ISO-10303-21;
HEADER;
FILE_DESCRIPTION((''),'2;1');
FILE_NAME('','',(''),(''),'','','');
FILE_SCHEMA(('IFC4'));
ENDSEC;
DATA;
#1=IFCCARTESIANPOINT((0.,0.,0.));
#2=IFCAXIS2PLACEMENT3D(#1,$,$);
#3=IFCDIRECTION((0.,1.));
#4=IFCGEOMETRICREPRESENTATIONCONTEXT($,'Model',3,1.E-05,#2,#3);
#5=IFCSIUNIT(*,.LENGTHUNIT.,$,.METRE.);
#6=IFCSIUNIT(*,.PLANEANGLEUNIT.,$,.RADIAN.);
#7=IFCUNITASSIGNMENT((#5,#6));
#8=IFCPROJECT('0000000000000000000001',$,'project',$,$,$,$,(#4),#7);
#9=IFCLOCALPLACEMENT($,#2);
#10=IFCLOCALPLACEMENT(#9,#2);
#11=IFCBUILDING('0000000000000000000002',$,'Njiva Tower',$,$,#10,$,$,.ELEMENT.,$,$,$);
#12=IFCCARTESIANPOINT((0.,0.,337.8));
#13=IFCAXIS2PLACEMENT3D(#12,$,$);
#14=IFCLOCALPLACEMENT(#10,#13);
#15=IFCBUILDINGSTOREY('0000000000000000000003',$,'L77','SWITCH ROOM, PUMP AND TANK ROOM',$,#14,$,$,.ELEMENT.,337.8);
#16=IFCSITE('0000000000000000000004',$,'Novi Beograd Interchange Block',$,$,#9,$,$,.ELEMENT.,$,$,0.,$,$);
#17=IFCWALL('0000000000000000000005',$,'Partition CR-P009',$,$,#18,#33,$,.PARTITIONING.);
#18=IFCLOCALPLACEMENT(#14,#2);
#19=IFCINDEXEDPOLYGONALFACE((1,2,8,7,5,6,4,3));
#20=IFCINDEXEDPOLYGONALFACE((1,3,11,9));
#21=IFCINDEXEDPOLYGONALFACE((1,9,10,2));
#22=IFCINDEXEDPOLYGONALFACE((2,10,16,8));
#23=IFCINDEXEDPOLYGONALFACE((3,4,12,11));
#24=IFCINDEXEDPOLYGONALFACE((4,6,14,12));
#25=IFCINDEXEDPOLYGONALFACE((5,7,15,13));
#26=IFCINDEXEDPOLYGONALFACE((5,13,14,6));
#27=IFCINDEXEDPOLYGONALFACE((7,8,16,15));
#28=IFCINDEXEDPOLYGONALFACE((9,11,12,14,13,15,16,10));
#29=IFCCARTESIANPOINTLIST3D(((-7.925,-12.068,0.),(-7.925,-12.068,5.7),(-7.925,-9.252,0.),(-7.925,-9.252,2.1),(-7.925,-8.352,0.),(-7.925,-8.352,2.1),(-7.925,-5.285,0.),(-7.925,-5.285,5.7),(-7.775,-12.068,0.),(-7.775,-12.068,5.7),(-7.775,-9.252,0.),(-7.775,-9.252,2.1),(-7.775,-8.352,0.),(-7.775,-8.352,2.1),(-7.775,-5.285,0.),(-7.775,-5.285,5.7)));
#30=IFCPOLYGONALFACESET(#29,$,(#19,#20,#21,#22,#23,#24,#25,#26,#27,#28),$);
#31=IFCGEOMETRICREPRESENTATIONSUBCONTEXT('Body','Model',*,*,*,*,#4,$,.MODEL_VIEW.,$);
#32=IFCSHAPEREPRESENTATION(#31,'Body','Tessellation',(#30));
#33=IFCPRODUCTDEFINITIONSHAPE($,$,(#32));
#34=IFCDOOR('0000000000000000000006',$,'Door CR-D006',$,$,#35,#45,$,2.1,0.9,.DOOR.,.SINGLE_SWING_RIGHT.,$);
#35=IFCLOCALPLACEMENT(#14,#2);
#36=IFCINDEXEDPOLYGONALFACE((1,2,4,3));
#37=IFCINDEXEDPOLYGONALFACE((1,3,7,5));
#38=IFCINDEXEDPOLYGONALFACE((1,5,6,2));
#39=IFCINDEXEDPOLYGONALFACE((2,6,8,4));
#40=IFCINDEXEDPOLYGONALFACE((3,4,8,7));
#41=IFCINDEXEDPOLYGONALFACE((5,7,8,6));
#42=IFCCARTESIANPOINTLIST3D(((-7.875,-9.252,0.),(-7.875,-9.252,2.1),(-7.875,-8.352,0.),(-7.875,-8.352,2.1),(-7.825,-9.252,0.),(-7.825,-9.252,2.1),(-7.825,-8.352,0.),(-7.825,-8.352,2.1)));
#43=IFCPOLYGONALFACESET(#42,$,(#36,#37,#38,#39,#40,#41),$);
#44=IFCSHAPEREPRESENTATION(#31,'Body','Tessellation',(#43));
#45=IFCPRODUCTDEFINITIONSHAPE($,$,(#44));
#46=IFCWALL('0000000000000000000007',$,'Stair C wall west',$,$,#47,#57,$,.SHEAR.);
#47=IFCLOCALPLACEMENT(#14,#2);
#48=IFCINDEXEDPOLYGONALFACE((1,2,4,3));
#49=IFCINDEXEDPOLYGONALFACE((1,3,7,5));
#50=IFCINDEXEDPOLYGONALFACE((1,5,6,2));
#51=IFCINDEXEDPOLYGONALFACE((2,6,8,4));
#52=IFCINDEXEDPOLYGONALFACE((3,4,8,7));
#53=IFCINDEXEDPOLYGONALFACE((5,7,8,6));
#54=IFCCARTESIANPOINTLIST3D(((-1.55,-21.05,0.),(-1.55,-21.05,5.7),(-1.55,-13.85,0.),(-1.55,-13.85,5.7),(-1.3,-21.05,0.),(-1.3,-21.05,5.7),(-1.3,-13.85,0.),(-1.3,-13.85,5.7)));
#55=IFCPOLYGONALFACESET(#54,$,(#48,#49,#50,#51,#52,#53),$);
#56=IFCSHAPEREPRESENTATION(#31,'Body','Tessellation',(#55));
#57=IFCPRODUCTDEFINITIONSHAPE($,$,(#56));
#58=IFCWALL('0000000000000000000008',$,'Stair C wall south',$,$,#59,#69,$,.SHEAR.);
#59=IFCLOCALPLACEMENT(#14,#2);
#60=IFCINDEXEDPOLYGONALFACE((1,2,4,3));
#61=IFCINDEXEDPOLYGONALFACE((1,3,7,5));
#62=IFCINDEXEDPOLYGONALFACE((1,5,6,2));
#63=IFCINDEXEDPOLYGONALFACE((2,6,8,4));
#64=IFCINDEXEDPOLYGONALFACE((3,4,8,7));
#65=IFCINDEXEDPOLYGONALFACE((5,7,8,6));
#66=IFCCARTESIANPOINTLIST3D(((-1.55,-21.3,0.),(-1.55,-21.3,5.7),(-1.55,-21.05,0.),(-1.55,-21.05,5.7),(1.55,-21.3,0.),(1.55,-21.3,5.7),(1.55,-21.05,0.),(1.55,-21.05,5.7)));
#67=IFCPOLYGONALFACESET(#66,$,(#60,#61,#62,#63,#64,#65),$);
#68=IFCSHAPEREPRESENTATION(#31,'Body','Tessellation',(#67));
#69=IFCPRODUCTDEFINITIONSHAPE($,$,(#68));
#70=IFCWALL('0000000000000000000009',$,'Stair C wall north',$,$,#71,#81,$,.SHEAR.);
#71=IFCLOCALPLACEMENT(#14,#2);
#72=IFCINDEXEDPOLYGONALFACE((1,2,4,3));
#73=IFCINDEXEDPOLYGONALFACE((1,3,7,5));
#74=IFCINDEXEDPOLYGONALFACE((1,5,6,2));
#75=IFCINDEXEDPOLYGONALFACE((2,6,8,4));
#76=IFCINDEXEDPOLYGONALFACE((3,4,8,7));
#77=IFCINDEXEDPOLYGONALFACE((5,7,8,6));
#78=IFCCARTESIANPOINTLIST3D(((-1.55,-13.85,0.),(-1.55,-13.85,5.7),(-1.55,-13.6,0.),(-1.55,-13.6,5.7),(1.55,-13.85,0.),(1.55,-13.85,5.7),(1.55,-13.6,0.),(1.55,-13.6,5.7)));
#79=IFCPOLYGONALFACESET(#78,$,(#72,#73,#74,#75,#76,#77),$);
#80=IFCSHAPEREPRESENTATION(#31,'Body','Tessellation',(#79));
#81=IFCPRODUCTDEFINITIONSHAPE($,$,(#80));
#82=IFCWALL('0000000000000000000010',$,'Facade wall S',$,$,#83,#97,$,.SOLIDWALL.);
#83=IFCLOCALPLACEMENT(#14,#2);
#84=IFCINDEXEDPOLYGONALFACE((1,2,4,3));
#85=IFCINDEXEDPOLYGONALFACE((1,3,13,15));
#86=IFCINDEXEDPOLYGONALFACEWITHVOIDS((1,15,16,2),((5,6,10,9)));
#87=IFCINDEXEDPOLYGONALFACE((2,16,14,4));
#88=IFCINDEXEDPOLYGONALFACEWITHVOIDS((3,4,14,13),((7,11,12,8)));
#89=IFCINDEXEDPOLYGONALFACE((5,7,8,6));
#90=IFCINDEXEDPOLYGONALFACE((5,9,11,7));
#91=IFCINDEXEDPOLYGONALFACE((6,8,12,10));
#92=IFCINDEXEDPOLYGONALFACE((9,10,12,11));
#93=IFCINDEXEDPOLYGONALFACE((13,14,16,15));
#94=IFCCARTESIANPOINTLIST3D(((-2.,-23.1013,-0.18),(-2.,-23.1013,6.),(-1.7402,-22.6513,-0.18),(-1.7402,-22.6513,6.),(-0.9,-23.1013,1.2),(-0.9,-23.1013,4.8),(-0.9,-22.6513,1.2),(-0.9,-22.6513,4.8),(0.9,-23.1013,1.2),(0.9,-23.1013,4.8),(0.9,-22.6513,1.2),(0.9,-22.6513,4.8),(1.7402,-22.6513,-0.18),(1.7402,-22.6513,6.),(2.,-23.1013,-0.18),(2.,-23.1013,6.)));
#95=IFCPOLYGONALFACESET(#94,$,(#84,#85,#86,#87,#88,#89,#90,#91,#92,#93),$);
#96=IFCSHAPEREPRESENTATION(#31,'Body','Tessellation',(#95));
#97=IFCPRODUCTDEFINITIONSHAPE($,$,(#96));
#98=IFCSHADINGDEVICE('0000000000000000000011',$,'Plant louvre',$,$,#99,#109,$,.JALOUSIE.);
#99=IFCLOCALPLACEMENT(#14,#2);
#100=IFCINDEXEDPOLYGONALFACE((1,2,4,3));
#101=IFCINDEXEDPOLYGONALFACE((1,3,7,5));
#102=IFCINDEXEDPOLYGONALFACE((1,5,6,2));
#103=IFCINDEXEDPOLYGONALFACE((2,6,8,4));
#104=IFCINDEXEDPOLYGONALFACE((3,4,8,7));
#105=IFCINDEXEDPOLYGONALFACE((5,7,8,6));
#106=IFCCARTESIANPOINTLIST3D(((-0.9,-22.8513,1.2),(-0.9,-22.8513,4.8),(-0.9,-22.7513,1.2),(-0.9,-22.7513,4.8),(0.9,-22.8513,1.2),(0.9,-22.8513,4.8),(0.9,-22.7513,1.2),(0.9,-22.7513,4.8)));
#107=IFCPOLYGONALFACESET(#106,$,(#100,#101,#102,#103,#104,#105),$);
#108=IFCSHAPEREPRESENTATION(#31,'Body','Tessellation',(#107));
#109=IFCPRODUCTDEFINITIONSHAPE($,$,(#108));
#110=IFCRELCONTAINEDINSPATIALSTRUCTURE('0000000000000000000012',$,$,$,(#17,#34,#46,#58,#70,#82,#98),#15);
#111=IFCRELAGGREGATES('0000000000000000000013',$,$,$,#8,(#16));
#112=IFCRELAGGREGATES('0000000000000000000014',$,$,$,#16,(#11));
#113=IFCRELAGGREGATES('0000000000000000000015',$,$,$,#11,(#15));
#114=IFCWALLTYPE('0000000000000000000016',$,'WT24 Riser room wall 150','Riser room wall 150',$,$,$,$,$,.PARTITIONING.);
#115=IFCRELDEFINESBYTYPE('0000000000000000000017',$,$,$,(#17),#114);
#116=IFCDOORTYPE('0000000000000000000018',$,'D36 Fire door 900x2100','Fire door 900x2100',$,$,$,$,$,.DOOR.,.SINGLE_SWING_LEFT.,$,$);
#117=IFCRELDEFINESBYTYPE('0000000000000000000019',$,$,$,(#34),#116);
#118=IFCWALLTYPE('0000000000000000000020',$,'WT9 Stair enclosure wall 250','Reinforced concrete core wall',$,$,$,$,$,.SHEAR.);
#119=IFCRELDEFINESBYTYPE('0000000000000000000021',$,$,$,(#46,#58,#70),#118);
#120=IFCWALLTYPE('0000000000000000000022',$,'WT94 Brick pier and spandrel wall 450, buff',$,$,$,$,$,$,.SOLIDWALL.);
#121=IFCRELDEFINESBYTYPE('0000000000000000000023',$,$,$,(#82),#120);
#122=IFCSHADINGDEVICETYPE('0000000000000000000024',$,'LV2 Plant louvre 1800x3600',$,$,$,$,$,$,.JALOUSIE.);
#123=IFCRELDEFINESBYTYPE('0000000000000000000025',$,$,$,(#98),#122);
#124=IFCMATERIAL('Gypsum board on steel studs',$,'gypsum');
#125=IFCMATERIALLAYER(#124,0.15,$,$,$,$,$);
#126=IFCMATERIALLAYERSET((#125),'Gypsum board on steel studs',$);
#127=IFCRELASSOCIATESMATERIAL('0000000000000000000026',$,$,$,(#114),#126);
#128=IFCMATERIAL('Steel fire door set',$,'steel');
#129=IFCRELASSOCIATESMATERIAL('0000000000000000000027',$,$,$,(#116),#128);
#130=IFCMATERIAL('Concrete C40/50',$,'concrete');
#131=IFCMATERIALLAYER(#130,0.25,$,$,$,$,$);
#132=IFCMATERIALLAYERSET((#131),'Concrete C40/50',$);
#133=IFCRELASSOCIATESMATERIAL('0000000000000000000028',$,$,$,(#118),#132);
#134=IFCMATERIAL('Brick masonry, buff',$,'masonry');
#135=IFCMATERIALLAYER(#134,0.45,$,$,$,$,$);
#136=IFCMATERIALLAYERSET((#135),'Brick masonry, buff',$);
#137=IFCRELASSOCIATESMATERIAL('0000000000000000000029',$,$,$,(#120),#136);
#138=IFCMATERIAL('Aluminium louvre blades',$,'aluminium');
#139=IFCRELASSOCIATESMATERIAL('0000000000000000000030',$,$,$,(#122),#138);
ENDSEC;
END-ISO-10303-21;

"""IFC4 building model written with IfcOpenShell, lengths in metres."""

from ifc_helpers import new_model, si_unit, direction, frame, frame_2d, origin, place, context, subcontext, project, spatial, polyline, rectangle, outline, extrude, material, layer, layer_set, type_object, element, fill, save


model = new_model("IFC4")

# Units and contexts
model_context = context("Model", 3, precision=1e-05, world=origin(), true_north=direction((0.0, 1.0)))
body_context = subcontext(model_context, "Body", "Model", "MODEL_VIEW")
ifc_project = project(units=[si_unit("LENGTHUNIT", "METRE"), si_unit("PLANEANGLEUNIT", "RADIAN")], contexts=[model_context])

# Site, building, storey
site_placement = place(None, origin())
site = spatial("IfcSite", under=ifc_project, at=site_placement, Name="Novi Beograd Interchange Block", CompositionType="ELEMENT", RefElevation=0.0)
building_placement = place(site_placement, origin())
building = spatial("IfcBuilding", under=site, at=building_placement, Name="Njiva Tower", CompositionType="ELEMENT")
storey_placement = place(building_placement, frame((0.0, 0.0, 337.8)))
storey = spatial("IfcBuildingStorey", under=building, at=storey_placement, Name="L77", Description="SWITCH ROOM, PUMP AND TANK ROOM", CompositionType="ELEMENT", Elevation=337.8)

# Wall, opening, door
ifc_material_1 = material(Name="Gypsum board on steel studs", Category="gypsum")
ifc_layer_1 = layer(ifc_material_1, 0.15)
ifc_layer_set_1 = layer_set([ifc_layer_1], Name="Gypsum board on steel studs")
wall_type_1 = type_object("IfcWallType", Name="WT24 Riser room wall 150", Description="Riser room wall 150", PredefinedType="PARTITIONING", material=ifc_layer_set_1)
wall_1_placement = place(storey_placement, frame((-7.85, -12.068, 0.0), z_axis=(0.0, 0.0, 1.0), x_axis=(0.0, 1.0, 0.0)))
wall_1 = element("IfcWall", 1, at=wall_1_placement, inside=storey, type_object=wall_type_1, Name="Partition CR-P009", PredefinedType="PARTITIONING", context=body_context, shape_type="SweptSolid", body=[
    extrude(rectangle(XDim=6.783, YDim=0.15, at=frame_2d((3.3915, 0.0))), origin(), (0.0, 0.0, 1.0), 5.7),
])
opening_1_placement = place(wall_1_placement, frame((2.816, 0.0, 0.0)))
opening_1 = element("IfcOpeningElement", 2, at=opening_1_placement, cuts=wall_1, PredefinedType="OPENING", context=body_context, shape_type="SweptSolid", body=[
    extrude(rectangle(XDim=0.9, YDim=2.1, at=frame_2d((0.45, 1.05))), frame((0.0, 0.085, 0.0), z_axis=(0.0, -1.0, 0.0), x_axis=(1.0, 0.0, 0.0)), (0.0, 0.0, 1.0), 0.17),
])
ifc_material_2 = material(Name="Steel fire door set", Category="steel")
door_type_1 = type_object("IfcDoorType", Name="D36 Fire door 900x2100", Description="Fire door 900x2100", OperationType="SINGLE_SWING_LEFT", PredefinedType="DOOR", material=ifc_material_2)
door_1_placement = place(opening_1_placement, origin())
door_1 = element("IfcDoor", 3, at=door_1_placement, inside=storey, type_object=door_type_1, Name="Door CR-D006", OperationType="SINGLE_SWING_RIGHT", OverallHeight=2.1, OverallWidth=0.9, PredefinedType="DOOR", context=body_context, shape_type="SweptSolid", body=[
    extrude(rectangle(XDim=0.9, YDim=2.1, at=frame_2d((0.45, 1.05))), frame((0.0, 0.025, 0.0), z_axis=(0.0, -1.0, 0.0), x_axis=(1.0, 0.0, 0.0)), (0.0, 0.0, 1.0), 0.05),
])
fill(opening_1, door_1)

# Walls
ifc_material_3 = material(Name="Concrete C40/50", Category="concrete")
ifc_layer_2 = layer(ifc_material_3, 0.25)
ifc_layer_set_2 = layer_set([ifc_layer_2], Name="Concrete C40/50")
wall_type_2 = type_object("IfcWallType", Name="WT9 Stair enclosure wall 250", Description="Reinforced concrete core wall", PredefinedType="SHEAR", material=ifc_layer_set_2)
wall_2_placement = place(storey_placement, frame((-1.425, -21.05, 0.0), z_axis=(0.0, 0.0, 1.0), x_axis=(0.0, 1.0, 0.0)))
element("IfcWall", 4, at=wall_2_placement, inside=storey, type_object=wall_type_2, Name="Stair C wall west", PredefinedType="SHEAR", context=body_context, shape_type="SweptSolid", body=[
    extrude(rectangle(XDim=7.2, YDim=0.25, at=frame_2d((3.6, 0.0))), origin(), (0.0, 0.0, 1.0), 5.7),
])
for number, where, z_axis, x_axis, name in (
    (5, (-1.55, -21.175, 0.0), (0.0, 0.0, 1.0), (1.0, 0.0, 0.0), "Stair C wall south"),
    (6, (-1.55, -13.725, 0.0), (0.0, 0.0, 1.0), (1.0, 0.0, 0.0), "Stair C wall north"),
):
    element("IfcWall", number, at=place(storey_placement, frame(where, z_axis=z_axis, x_axis=x_axis)), inside=storey, type_object=wall_type_2, Name=name, PredefinedType="SHEAR", context=body_context, shape_type="SweptSolid", body=[
        extrude(rectangle(XDim=3.1, YDim=0.25, at=frame_2d((1.55, 0.0))), origin(), (0.0, 0.0, 1.0), 5.7),
    ])

# Wall, opening, shading device
ifc_material_4 = material(Name="Brick masonry, buff", Category="masonry")
ifc_layer_3 = layer(ifc_material_4, 0.45)
ifc_layer_set_3 = layer_set([ifc_layer_3], Name="Brick masonry, buff")
wall_type_3 = type_object("IfcWallType", Name="WT94 Brick pier and spandrel wall 450, buff", PredefinedType="SOLIDWALL", material=ifc_layer_set_3)
wall_3_placement = place(storey_placement, frame((-1.8701, -22.8763, -0.18), z_axis=(0.0, 0.0, 1.0), x_axis=(1.0, 0.0, 0.0)))
wall_3 = element("IfcWall", 7, at=wall_3_placement, inside=storey, type_object=wall_type_3, Name="Facade wall S", PredefinedType="SOLIDWALL", context=body_context, shape_type="SweptSolid", body=[
    extrude(outline(polyline([(-0.1299, -0.225), (3.8701, -0.225), (3.6103, 0.225), (0.1299, 0.225), (-0.1299, -0.225)])), origin(), (0.0, 0.0, 1.0), 6.18),
])
opening_2_placement = place(wall_3_placement, frame((0.9701, 0.0, 1.38)))
opening_2 = element("IfcOpeningElement", 8, at=opening_2_placement, cuts=wall_3, PredefinedType="OPENING", context=body_context, shape_type="SweptSolid", body=[
    extrude(rectangle(XDim=1.8, YDim=3.6, at=frame_2d((0.9, 1.8))), frame((0.0, 0.235, 0.0), z_axis=(0.0, -1.0, 0.0), x_axis=(1.0, 0.0, 0.0)), (0.0, 0.0, 1.0), 0.47),
])
ifc_material_5 = material(Name="Aluminium louvre blades", Category="aluminium")
shading_device_type = type_object("IfcShadingDeviceType", Name="LV2 Plant louvre 1800x3600", PredefinedType="JALOUSIE", material=ifc_material_5)
shading_device_placement = place(opening_2_placement, origin())
shading_device = element("IfcShadingDevice", 9, at=shading_device_placement, inside=storey, type_object=shading_device_type, Name="Plant louvre", PredefinedType="JALOUSIE", context=body_context, shape_type="SweptSolid", body=[
    extrude(rectangle(XDim=1.8, YDim=3.6, at=frame_2d((0.9, 1.8))), frame((0.0, 0.125, 0.0), z_axis=(0.0, -1.0, 0.0), x_axis=(1.0, 0.0, 0.0)), (0.0, 0.0, 1.0), 0.1),
])
fill(opening_2, shading_device)

save(model, "model.ifc")
